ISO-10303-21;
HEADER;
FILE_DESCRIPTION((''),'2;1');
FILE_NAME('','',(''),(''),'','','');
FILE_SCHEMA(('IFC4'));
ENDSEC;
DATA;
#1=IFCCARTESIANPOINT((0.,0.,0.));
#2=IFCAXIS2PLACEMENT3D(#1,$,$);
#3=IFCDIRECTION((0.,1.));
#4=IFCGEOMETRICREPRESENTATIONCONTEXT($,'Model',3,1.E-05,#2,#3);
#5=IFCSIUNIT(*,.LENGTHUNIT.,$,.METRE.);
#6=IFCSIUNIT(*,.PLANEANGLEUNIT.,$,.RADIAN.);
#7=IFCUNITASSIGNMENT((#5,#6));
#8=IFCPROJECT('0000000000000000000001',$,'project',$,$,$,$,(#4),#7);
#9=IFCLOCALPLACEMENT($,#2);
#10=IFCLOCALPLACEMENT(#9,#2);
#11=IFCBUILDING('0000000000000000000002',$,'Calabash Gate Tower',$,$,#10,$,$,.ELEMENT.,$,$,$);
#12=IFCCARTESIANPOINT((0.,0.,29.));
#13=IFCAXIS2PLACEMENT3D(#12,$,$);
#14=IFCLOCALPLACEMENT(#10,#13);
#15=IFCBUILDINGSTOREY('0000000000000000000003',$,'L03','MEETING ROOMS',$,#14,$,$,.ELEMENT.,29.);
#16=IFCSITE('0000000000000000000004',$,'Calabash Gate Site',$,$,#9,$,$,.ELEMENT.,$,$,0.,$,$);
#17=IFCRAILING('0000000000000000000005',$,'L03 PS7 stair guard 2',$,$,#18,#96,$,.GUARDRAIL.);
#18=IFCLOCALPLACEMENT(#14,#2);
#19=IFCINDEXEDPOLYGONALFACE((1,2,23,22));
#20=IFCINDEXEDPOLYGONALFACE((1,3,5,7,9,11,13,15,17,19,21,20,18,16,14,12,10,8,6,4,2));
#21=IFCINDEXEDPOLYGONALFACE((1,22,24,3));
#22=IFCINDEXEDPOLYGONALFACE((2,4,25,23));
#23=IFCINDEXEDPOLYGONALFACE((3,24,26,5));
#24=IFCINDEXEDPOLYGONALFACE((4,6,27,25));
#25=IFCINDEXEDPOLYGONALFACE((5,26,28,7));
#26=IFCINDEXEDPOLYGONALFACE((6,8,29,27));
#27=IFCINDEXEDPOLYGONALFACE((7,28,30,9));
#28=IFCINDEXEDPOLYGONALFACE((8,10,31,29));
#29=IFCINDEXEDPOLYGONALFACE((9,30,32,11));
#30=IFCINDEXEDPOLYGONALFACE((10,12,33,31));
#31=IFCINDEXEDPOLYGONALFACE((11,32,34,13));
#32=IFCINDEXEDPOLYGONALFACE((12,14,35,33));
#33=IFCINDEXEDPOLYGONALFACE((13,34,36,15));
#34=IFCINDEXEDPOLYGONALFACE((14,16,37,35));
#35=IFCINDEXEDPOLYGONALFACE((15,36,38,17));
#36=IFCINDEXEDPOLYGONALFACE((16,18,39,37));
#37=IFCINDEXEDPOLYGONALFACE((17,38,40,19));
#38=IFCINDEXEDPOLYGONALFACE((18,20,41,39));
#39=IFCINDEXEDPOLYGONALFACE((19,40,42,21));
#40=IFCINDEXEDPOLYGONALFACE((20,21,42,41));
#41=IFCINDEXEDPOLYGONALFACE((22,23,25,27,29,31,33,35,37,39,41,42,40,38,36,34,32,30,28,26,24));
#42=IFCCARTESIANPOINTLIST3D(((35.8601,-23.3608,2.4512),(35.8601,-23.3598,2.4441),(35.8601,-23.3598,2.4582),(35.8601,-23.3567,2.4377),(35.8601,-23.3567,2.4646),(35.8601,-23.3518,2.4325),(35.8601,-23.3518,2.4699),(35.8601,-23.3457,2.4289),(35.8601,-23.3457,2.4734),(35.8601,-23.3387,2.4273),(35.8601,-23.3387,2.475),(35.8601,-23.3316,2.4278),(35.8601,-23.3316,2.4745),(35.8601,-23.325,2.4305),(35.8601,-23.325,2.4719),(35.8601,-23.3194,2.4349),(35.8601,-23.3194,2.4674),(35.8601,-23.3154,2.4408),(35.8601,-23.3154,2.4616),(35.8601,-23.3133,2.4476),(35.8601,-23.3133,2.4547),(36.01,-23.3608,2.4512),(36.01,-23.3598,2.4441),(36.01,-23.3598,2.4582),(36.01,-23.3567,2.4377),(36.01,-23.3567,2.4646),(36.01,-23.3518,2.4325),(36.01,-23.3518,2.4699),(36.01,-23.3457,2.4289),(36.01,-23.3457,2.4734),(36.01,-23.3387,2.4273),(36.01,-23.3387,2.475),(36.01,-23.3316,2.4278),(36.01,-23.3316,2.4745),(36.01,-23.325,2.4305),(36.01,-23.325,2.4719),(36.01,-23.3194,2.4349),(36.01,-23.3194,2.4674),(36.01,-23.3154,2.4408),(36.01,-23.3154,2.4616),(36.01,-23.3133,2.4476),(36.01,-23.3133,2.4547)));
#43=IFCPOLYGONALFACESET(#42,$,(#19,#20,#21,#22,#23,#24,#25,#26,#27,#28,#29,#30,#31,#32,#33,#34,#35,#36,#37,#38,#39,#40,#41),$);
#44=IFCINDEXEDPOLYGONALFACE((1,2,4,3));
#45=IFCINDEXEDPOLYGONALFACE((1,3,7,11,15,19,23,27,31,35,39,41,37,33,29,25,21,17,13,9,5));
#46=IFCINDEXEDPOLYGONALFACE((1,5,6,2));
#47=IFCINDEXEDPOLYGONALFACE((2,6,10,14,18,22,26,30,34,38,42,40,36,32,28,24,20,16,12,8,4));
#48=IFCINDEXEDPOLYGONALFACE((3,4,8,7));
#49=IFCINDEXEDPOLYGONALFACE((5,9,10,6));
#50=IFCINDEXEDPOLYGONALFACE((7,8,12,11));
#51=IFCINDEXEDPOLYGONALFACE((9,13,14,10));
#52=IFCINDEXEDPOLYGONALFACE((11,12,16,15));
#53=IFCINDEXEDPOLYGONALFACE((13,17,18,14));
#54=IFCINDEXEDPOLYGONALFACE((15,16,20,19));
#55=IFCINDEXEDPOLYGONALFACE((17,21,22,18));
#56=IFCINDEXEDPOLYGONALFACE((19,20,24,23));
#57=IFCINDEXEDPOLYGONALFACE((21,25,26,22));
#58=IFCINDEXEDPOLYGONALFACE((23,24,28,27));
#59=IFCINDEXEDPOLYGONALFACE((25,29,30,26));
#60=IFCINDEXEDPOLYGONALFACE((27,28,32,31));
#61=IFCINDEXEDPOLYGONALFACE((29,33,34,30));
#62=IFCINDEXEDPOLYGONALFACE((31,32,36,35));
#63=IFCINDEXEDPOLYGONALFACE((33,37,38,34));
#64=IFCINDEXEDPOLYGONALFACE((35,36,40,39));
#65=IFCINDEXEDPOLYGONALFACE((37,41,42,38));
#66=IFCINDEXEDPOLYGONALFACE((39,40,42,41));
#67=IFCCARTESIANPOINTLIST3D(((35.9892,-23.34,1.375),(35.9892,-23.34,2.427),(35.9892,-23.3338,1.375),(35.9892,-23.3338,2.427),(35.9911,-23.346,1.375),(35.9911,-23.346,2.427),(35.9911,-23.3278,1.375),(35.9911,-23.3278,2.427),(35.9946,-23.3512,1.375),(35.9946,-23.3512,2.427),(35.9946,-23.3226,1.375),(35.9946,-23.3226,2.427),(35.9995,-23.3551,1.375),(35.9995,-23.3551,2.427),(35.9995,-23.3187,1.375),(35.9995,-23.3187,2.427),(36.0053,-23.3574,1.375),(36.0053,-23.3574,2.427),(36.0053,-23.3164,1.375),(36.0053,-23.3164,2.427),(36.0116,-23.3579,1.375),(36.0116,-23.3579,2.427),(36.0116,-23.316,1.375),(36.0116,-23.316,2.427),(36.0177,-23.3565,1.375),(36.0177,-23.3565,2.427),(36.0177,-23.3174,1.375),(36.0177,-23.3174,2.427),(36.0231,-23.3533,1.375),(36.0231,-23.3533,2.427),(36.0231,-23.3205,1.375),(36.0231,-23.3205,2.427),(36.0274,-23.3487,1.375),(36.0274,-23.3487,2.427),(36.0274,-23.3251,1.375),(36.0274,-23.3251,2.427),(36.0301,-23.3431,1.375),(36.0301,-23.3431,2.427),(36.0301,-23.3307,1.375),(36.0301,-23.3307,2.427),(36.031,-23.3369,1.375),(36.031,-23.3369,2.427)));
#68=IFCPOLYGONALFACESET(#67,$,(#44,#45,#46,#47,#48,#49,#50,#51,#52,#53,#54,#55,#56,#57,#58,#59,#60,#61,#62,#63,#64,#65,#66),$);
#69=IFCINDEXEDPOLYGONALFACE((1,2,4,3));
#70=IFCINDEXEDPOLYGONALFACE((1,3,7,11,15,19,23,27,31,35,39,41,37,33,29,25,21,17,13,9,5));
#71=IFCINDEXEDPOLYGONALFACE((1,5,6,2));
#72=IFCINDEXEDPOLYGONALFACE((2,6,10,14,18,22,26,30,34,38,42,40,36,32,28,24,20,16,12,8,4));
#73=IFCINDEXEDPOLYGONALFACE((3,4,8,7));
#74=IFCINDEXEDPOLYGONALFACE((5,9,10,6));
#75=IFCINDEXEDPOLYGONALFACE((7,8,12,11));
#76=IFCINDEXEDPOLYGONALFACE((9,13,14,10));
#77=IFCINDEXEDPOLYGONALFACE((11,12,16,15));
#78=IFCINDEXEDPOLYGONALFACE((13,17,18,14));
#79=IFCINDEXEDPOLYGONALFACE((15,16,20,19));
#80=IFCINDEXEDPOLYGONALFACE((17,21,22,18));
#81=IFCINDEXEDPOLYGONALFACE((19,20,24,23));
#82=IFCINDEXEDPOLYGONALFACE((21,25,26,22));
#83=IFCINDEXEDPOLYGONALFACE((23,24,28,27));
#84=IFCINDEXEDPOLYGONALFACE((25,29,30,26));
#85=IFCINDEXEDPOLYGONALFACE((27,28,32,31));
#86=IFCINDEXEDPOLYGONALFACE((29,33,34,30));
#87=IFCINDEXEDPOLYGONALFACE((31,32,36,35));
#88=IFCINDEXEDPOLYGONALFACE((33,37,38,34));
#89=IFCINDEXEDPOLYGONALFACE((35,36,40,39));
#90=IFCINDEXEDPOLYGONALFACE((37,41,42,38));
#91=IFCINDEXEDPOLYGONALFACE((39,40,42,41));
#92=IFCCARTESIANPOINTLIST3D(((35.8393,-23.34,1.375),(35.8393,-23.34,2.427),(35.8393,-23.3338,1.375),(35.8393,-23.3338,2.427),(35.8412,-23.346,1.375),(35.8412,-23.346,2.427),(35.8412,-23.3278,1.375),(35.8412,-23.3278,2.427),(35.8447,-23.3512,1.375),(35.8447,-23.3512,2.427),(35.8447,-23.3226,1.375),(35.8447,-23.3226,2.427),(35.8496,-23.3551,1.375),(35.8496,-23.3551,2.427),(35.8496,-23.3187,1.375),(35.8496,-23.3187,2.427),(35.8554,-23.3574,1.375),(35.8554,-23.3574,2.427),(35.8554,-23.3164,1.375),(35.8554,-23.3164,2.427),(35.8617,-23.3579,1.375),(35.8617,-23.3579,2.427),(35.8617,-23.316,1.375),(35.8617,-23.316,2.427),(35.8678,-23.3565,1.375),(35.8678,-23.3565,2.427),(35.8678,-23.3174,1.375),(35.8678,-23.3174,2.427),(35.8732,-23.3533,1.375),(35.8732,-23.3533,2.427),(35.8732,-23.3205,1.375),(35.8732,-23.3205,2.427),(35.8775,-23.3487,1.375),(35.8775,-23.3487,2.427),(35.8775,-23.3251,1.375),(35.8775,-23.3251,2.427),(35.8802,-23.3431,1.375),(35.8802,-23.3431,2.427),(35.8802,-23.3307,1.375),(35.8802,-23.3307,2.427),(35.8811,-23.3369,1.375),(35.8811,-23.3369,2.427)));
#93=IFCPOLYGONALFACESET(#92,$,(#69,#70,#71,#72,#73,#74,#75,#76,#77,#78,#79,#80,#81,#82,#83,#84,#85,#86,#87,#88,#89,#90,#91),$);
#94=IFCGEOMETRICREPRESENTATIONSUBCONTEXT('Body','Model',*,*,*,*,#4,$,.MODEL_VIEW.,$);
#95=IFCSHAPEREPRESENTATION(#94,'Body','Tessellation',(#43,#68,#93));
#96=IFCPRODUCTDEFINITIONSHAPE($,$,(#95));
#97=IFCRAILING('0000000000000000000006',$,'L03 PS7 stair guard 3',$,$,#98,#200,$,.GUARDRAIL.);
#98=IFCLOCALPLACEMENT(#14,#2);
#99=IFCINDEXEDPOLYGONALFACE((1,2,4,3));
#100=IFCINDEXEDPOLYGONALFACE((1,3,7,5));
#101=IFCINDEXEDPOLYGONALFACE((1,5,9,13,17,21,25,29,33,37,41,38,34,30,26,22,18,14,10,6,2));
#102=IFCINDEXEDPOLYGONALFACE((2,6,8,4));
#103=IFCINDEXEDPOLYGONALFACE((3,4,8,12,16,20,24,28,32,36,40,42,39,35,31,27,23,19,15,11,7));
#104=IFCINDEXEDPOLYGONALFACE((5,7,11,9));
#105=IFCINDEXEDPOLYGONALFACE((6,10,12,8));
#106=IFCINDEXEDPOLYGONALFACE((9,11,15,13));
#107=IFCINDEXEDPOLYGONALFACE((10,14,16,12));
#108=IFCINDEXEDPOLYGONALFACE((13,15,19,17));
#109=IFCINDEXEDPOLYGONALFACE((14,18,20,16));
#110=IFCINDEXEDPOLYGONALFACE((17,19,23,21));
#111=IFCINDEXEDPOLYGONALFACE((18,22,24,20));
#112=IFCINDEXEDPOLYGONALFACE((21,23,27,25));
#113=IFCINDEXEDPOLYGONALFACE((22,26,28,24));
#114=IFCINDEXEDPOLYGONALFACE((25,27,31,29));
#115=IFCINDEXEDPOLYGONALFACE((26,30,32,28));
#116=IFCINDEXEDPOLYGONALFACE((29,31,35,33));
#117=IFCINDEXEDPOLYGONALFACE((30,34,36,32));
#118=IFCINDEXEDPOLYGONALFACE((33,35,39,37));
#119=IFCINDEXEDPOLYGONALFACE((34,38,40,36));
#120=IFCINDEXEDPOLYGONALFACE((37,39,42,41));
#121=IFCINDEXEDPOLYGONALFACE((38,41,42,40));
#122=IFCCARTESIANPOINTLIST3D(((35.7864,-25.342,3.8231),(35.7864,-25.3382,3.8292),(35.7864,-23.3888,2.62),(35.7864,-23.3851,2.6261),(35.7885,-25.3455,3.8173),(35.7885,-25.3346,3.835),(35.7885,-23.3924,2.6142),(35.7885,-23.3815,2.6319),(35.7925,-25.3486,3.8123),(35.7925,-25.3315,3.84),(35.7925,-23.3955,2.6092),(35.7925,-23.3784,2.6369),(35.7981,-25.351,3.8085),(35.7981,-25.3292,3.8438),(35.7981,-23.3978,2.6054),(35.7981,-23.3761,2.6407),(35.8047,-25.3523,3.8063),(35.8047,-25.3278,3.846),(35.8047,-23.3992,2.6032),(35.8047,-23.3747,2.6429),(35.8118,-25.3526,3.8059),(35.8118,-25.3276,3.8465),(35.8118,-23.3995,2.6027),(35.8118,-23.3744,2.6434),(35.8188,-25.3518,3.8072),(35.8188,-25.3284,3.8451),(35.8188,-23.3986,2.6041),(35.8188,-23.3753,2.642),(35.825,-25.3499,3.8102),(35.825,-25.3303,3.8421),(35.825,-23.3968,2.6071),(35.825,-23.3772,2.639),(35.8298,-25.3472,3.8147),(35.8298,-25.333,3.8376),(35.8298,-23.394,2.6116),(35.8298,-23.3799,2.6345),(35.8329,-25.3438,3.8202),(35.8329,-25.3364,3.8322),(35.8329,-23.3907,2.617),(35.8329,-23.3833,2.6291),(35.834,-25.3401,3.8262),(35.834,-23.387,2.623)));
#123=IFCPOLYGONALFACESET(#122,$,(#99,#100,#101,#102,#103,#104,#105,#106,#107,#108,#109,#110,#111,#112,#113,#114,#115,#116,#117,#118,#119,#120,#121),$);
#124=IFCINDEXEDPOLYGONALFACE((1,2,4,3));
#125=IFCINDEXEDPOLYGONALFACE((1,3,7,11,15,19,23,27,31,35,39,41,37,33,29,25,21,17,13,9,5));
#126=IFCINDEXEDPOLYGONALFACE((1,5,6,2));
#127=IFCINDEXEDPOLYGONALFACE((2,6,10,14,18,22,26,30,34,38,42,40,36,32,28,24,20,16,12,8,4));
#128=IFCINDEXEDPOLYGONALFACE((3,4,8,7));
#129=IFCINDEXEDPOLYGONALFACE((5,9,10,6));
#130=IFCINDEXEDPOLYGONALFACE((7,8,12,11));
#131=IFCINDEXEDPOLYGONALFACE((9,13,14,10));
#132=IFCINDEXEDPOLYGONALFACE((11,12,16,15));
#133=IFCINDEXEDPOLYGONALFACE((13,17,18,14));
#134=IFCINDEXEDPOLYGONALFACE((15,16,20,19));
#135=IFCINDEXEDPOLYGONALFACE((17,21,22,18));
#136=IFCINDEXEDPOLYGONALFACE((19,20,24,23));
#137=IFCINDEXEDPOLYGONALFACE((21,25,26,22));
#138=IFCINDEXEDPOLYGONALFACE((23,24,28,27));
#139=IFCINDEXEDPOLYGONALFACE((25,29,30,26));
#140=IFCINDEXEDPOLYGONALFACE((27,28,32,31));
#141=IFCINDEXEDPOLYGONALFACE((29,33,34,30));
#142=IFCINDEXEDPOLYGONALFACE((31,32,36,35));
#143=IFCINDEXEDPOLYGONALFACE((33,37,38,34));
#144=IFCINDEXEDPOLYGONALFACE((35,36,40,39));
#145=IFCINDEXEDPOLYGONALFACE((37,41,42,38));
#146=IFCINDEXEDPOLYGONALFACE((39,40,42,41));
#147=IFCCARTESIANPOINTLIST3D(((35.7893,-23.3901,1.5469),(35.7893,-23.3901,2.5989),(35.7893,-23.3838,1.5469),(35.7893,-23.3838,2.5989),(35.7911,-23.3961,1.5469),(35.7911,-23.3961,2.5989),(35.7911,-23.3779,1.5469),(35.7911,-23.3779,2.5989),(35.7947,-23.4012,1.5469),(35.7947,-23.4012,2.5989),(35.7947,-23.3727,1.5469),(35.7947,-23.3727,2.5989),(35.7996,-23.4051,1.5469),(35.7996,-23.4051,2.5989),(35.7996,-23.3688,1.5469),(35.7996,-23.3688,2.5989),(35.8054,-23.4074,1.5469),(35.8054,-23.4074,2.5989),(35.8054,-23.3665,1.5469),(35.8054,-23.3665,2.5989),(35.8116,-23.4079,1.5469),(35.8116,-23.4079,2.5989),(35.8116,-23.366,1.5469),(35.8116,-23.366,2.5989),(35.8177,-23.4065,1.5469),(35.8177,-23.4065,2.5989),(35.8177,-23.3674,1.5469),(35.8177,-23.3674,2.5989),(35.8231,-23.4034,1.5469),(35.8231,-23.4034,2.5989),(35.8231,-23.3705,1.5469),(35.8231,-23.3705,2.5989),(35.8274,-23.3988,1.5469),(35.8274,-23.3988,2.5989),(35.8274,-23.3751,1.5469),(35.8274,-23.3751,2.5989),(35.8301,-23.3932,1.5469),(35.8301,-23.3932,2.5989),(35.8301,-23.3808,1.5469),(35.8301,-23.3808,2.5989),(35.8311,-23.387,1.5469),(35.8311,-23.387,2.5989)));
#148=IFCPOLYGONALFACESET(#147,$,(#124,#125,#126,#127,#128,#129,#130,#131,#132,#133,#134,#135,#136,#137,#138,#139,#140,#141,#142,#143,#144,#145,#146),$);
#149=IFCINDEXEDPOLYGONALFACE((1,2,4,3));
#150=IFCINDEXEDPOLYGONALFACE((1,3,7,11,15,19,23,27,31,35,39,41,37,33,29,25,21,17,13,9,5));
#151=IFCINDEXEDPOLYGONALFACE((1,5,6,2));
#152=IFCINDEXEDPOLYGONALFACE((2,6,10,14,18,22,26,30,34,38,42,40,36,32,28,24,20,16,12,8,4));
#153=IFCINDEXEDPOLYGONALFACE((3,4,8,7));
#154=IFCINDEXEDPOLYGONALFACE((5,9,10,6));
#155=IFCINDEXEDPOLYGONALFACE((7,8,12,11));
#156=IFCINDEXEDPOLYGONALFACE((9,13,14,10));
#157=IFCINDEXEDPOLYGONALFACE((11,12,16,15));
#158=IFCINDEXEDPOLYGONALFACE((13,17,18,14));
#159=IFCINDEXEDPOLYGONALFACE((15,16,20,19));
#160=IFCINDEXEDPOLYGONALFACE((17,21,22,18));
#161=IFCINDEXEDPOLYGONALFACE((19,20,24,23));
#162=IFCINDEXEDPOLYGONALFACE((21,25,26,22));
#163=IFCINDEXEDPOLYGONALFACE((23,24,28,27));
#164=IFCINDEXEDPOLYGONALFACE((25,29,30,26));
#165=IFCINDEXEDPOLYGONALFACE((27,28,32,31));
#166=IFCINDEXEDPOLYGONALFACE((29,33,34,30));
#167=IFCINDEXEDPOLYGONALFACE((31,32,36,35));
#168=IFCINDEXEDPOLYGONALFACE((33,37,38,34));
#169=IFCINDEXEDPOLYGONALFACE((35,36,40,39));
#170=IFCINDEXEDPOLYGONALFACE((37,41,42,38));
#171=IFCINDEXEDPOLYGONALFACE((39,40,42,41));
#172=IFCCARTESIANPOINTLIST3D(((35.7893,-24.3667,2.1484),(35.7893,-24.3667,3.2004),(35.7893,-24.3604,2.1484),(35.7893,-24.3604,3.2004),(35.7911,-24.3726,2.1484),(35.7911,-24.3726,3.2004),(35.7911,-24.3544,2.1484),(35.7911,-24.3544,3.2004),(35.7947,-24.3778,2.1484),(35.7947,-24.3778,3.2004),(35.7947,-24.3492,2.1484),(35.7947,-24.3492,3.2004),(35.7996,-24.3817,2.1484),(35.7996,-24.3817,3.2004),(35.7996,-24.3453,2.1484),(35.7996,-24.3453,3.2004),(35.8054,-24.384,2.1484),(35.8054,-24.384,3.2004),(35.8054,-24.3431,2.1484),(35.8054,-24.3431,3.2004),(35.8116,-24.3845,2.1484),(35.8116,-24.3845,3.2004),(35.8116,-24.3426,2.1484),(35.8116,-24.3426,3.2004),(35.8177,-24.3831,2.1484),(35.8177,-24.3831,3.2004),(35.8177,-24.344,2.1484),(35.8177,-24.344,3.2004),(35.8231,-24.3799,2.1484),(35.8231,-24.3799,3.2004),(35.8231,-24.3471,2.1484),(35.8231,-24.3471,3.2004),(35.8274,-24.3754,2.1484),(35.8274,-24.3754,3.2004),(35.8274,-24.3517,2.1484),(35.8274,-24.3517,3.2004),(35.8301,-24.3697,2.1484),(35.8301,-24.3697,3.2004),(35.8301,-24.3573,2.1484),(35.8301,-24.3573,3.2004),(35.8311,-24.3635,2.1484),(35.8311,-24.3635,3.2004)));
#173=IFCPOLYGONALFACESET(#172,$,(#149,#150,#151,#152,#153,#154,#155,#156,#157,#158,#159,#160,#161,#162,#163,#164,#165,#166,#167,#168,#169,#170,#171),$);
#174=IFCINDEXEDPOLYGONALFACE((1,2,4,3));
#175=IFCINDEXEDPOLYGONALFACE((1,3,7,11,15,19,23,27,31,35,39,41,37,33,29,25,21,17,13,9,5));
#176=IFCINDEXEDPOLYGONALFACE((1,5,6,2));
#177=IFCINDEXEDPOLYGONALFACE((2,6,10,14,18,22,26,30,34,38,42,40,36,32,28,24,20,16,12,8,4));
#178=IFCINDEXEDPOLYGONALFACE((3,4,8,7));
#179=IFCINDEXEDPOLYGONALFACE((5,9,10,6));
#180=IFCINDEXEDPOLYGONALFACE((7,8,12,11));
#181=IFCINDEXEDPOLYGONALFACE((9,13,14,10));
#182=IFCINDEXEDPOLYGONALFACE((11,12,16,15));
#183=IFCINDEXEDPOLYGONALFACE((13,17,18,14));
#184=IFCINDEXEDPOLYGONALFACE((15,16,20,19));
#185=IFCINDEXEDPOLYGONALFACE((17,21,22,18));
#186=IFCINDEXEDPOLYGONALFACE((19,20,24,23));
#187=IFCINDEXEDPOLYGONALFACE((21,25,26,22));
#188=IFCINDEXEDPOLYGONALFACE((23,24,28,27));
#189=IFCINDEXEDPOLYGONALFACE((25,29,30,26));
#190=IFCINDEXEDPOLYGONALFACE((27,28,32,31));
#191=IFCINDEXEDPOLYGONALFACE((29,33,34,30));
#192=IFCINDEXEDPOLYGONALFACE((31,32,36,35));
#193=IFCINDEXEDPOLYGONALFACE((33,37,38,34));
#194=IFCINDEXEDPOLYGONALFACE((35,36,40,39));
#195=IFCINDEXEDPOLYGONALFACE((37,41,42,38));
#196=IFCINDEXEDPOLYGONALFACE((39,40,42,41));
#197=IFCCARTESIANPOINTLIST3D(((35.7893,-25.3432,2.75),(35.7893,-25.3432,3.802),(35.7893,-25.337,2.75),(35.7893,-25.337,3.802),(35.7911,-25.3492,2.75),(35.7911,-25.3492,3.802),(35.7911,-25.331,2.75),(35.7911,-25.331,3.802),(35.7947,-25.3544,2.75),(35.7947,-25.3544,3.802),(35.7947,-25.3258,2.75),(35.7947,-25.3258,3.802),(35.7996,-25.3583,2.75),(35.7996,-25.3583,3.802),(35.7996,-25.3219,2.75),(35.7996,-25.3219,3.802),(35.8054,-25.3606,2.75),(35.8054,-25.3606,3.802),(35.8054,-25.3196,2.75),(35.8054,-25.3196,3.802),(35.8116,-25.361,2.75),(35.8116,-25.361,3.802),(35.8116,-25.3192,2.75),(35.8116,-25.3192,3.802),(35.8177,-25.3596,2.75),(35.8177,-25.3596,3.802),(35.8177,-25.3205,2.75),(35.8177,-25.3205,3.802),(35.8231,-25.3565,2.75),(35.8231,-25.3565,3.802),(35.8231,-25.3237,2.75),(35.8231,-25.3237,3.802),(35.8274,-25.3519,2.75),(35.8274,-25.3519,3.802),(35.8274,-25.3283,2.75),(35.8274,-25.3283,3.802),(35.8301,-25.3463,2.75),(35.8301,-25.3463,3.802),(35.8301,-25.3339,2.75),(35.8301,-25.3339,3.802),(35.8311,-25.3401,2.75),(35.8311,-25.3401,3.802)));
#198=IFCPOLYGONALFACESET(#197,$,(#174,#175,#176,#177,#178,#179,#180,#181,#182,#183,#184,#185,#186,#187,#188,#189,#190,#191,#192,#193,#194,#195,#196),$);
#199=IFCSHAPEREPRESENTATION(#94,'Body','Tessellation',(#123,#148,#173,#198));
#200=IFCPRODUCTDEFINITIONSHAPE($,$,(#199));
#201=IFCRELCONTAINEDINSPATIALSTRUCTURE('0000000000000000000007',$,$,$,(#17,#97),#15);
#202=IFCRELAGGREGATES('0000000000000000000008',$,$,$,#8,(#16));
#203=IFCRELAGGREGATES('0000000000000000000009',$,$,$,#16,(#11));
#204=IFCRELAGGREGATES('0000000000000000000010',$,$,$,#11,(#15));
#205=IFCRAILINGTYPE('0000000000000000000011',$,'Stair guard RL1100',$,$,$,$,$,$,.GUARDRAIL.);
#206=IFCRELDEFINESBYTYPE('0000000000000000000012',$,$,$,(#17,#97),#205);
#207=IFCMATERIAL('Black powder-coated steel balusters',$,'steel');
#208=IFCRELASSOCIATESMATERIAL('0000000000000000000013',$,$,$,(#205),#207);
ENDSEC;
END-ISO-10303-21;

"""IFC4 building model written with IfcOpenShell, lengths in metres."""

from ifc_helpers import new_model, si_unit, direction, frame, origin, origin_2d, place, context, subcontext, project, spatial, circle, extrude, material, type_object, element, save


model = new_model("IFC4")

# Units and contexts
model_context = context("Model", 3, precision=1e-05, world=origin(), true_north=direction((0.0, 1.0)))
body_context = subcontext(model_context, "Body", "Model", "MODEL_VIEW")
ifc_project = project(units=[si_unit("LENGTHUNIT", "METRE"), si_unit("PLANEANGLEUNIT", "RADIAN")], contexts=[model_context])

# Site, building, storey
site_placement = place(None, origin())
site = spatial("IfcSite", under=ifc_project, at=site_placement, Name="Calabash Gate Site", CompositionType="ELEMENT", RefElevation=0.0)
building_placement = place(site_placement, origin())
building = spatial("IfcBuilding", under=site, at=building_placement, Name="Calabash Gate Tower", CompositionType="ELEMENT")
storey_placement = place(building_placement, frame((0.0, 0.0, 29.0)))
storey = spatial("IfcBuildingStorey", under=building, at=storey_placement, Name="L03", Description="MEETING ROOMS", CompositionType="ELEMENT", Elevation=29.0)

# Railings
ifc_material_1 = material(Name="Black powder-coated steel balusters", Category="steel")
railing_type_1 = type_object("IfcRailingType", Name="Stair guard RL1100", PredefinedType="GUARDRAIL", material=ifc_material_1)
railing_1_placement = place(storey_placement, frame((36.01, -23.3369, 1.375)))
element("IfcRailing", 1, at=railing_1_placement, inside=storey, type_object=railing_type_1, Name="L03 PS7 stair guard 2", PredefinedType="GUARDRAIL", context=body_context, shape_type="SweptSolid", body=[
    extrude(circle(Radius=0.0239, at=origin_2d()), frame((0.0, 0.0, 1.0762), z_axis=(-1.0, 0.0, 0.0), x_axis=(0.0, -1.0, 0.0)), (0.0, 0.0, 1.0), 0.1499),
    extrude(circle(Radius=0.021, at=origin_2d()), origin(), (0.0, 0.0, 1.0), 1.052),
    extrude(circle(Radius=0.021, at=origin_2d()), frame((-0.1499, 0.0, 0.0)), (0.0, 0.0, 1.0), 1.052),
])
railing_2_placement = place(storey_placement, frame((35.8101, -23.387, 1.5469)))
element("IfcRailing", 2, at=railing_2_placement, inside=storey, type_object=railing_type_1, Name="L03 PS7 stair guard 3", PredefinedType="GUARDRAIL", context=body_context, shape_type="SweptSolid", body=[
    extrude(circle(Radius=0.0239, at=origin_2d()), frame((0.0, 0.0, 1.0762), z_axis=(0.0, -0.851424, 0.524477), x_axis=(1.0, 0.0, 0.0)), (0.0, 0.0, 1.0), 2.2939),
    extrude(circle(Radius=0.021, at=origin_2d()), origin(), (0.0, 0.0, 1.0), 1.052),
    extrude(circle(Radius=0.021, at=origin_2d()), frame((0.0, -0.9766, 0.6016)), (0.0, 0.0, 1.0), 1.052),
    extrude(circle(Radius=0.021, at=origin_2d()), frame((0.0, -1.9531, 1.2031)), (0.0, 0.0, 1.0), 1.052),
])

save(model, "model.ifc")
